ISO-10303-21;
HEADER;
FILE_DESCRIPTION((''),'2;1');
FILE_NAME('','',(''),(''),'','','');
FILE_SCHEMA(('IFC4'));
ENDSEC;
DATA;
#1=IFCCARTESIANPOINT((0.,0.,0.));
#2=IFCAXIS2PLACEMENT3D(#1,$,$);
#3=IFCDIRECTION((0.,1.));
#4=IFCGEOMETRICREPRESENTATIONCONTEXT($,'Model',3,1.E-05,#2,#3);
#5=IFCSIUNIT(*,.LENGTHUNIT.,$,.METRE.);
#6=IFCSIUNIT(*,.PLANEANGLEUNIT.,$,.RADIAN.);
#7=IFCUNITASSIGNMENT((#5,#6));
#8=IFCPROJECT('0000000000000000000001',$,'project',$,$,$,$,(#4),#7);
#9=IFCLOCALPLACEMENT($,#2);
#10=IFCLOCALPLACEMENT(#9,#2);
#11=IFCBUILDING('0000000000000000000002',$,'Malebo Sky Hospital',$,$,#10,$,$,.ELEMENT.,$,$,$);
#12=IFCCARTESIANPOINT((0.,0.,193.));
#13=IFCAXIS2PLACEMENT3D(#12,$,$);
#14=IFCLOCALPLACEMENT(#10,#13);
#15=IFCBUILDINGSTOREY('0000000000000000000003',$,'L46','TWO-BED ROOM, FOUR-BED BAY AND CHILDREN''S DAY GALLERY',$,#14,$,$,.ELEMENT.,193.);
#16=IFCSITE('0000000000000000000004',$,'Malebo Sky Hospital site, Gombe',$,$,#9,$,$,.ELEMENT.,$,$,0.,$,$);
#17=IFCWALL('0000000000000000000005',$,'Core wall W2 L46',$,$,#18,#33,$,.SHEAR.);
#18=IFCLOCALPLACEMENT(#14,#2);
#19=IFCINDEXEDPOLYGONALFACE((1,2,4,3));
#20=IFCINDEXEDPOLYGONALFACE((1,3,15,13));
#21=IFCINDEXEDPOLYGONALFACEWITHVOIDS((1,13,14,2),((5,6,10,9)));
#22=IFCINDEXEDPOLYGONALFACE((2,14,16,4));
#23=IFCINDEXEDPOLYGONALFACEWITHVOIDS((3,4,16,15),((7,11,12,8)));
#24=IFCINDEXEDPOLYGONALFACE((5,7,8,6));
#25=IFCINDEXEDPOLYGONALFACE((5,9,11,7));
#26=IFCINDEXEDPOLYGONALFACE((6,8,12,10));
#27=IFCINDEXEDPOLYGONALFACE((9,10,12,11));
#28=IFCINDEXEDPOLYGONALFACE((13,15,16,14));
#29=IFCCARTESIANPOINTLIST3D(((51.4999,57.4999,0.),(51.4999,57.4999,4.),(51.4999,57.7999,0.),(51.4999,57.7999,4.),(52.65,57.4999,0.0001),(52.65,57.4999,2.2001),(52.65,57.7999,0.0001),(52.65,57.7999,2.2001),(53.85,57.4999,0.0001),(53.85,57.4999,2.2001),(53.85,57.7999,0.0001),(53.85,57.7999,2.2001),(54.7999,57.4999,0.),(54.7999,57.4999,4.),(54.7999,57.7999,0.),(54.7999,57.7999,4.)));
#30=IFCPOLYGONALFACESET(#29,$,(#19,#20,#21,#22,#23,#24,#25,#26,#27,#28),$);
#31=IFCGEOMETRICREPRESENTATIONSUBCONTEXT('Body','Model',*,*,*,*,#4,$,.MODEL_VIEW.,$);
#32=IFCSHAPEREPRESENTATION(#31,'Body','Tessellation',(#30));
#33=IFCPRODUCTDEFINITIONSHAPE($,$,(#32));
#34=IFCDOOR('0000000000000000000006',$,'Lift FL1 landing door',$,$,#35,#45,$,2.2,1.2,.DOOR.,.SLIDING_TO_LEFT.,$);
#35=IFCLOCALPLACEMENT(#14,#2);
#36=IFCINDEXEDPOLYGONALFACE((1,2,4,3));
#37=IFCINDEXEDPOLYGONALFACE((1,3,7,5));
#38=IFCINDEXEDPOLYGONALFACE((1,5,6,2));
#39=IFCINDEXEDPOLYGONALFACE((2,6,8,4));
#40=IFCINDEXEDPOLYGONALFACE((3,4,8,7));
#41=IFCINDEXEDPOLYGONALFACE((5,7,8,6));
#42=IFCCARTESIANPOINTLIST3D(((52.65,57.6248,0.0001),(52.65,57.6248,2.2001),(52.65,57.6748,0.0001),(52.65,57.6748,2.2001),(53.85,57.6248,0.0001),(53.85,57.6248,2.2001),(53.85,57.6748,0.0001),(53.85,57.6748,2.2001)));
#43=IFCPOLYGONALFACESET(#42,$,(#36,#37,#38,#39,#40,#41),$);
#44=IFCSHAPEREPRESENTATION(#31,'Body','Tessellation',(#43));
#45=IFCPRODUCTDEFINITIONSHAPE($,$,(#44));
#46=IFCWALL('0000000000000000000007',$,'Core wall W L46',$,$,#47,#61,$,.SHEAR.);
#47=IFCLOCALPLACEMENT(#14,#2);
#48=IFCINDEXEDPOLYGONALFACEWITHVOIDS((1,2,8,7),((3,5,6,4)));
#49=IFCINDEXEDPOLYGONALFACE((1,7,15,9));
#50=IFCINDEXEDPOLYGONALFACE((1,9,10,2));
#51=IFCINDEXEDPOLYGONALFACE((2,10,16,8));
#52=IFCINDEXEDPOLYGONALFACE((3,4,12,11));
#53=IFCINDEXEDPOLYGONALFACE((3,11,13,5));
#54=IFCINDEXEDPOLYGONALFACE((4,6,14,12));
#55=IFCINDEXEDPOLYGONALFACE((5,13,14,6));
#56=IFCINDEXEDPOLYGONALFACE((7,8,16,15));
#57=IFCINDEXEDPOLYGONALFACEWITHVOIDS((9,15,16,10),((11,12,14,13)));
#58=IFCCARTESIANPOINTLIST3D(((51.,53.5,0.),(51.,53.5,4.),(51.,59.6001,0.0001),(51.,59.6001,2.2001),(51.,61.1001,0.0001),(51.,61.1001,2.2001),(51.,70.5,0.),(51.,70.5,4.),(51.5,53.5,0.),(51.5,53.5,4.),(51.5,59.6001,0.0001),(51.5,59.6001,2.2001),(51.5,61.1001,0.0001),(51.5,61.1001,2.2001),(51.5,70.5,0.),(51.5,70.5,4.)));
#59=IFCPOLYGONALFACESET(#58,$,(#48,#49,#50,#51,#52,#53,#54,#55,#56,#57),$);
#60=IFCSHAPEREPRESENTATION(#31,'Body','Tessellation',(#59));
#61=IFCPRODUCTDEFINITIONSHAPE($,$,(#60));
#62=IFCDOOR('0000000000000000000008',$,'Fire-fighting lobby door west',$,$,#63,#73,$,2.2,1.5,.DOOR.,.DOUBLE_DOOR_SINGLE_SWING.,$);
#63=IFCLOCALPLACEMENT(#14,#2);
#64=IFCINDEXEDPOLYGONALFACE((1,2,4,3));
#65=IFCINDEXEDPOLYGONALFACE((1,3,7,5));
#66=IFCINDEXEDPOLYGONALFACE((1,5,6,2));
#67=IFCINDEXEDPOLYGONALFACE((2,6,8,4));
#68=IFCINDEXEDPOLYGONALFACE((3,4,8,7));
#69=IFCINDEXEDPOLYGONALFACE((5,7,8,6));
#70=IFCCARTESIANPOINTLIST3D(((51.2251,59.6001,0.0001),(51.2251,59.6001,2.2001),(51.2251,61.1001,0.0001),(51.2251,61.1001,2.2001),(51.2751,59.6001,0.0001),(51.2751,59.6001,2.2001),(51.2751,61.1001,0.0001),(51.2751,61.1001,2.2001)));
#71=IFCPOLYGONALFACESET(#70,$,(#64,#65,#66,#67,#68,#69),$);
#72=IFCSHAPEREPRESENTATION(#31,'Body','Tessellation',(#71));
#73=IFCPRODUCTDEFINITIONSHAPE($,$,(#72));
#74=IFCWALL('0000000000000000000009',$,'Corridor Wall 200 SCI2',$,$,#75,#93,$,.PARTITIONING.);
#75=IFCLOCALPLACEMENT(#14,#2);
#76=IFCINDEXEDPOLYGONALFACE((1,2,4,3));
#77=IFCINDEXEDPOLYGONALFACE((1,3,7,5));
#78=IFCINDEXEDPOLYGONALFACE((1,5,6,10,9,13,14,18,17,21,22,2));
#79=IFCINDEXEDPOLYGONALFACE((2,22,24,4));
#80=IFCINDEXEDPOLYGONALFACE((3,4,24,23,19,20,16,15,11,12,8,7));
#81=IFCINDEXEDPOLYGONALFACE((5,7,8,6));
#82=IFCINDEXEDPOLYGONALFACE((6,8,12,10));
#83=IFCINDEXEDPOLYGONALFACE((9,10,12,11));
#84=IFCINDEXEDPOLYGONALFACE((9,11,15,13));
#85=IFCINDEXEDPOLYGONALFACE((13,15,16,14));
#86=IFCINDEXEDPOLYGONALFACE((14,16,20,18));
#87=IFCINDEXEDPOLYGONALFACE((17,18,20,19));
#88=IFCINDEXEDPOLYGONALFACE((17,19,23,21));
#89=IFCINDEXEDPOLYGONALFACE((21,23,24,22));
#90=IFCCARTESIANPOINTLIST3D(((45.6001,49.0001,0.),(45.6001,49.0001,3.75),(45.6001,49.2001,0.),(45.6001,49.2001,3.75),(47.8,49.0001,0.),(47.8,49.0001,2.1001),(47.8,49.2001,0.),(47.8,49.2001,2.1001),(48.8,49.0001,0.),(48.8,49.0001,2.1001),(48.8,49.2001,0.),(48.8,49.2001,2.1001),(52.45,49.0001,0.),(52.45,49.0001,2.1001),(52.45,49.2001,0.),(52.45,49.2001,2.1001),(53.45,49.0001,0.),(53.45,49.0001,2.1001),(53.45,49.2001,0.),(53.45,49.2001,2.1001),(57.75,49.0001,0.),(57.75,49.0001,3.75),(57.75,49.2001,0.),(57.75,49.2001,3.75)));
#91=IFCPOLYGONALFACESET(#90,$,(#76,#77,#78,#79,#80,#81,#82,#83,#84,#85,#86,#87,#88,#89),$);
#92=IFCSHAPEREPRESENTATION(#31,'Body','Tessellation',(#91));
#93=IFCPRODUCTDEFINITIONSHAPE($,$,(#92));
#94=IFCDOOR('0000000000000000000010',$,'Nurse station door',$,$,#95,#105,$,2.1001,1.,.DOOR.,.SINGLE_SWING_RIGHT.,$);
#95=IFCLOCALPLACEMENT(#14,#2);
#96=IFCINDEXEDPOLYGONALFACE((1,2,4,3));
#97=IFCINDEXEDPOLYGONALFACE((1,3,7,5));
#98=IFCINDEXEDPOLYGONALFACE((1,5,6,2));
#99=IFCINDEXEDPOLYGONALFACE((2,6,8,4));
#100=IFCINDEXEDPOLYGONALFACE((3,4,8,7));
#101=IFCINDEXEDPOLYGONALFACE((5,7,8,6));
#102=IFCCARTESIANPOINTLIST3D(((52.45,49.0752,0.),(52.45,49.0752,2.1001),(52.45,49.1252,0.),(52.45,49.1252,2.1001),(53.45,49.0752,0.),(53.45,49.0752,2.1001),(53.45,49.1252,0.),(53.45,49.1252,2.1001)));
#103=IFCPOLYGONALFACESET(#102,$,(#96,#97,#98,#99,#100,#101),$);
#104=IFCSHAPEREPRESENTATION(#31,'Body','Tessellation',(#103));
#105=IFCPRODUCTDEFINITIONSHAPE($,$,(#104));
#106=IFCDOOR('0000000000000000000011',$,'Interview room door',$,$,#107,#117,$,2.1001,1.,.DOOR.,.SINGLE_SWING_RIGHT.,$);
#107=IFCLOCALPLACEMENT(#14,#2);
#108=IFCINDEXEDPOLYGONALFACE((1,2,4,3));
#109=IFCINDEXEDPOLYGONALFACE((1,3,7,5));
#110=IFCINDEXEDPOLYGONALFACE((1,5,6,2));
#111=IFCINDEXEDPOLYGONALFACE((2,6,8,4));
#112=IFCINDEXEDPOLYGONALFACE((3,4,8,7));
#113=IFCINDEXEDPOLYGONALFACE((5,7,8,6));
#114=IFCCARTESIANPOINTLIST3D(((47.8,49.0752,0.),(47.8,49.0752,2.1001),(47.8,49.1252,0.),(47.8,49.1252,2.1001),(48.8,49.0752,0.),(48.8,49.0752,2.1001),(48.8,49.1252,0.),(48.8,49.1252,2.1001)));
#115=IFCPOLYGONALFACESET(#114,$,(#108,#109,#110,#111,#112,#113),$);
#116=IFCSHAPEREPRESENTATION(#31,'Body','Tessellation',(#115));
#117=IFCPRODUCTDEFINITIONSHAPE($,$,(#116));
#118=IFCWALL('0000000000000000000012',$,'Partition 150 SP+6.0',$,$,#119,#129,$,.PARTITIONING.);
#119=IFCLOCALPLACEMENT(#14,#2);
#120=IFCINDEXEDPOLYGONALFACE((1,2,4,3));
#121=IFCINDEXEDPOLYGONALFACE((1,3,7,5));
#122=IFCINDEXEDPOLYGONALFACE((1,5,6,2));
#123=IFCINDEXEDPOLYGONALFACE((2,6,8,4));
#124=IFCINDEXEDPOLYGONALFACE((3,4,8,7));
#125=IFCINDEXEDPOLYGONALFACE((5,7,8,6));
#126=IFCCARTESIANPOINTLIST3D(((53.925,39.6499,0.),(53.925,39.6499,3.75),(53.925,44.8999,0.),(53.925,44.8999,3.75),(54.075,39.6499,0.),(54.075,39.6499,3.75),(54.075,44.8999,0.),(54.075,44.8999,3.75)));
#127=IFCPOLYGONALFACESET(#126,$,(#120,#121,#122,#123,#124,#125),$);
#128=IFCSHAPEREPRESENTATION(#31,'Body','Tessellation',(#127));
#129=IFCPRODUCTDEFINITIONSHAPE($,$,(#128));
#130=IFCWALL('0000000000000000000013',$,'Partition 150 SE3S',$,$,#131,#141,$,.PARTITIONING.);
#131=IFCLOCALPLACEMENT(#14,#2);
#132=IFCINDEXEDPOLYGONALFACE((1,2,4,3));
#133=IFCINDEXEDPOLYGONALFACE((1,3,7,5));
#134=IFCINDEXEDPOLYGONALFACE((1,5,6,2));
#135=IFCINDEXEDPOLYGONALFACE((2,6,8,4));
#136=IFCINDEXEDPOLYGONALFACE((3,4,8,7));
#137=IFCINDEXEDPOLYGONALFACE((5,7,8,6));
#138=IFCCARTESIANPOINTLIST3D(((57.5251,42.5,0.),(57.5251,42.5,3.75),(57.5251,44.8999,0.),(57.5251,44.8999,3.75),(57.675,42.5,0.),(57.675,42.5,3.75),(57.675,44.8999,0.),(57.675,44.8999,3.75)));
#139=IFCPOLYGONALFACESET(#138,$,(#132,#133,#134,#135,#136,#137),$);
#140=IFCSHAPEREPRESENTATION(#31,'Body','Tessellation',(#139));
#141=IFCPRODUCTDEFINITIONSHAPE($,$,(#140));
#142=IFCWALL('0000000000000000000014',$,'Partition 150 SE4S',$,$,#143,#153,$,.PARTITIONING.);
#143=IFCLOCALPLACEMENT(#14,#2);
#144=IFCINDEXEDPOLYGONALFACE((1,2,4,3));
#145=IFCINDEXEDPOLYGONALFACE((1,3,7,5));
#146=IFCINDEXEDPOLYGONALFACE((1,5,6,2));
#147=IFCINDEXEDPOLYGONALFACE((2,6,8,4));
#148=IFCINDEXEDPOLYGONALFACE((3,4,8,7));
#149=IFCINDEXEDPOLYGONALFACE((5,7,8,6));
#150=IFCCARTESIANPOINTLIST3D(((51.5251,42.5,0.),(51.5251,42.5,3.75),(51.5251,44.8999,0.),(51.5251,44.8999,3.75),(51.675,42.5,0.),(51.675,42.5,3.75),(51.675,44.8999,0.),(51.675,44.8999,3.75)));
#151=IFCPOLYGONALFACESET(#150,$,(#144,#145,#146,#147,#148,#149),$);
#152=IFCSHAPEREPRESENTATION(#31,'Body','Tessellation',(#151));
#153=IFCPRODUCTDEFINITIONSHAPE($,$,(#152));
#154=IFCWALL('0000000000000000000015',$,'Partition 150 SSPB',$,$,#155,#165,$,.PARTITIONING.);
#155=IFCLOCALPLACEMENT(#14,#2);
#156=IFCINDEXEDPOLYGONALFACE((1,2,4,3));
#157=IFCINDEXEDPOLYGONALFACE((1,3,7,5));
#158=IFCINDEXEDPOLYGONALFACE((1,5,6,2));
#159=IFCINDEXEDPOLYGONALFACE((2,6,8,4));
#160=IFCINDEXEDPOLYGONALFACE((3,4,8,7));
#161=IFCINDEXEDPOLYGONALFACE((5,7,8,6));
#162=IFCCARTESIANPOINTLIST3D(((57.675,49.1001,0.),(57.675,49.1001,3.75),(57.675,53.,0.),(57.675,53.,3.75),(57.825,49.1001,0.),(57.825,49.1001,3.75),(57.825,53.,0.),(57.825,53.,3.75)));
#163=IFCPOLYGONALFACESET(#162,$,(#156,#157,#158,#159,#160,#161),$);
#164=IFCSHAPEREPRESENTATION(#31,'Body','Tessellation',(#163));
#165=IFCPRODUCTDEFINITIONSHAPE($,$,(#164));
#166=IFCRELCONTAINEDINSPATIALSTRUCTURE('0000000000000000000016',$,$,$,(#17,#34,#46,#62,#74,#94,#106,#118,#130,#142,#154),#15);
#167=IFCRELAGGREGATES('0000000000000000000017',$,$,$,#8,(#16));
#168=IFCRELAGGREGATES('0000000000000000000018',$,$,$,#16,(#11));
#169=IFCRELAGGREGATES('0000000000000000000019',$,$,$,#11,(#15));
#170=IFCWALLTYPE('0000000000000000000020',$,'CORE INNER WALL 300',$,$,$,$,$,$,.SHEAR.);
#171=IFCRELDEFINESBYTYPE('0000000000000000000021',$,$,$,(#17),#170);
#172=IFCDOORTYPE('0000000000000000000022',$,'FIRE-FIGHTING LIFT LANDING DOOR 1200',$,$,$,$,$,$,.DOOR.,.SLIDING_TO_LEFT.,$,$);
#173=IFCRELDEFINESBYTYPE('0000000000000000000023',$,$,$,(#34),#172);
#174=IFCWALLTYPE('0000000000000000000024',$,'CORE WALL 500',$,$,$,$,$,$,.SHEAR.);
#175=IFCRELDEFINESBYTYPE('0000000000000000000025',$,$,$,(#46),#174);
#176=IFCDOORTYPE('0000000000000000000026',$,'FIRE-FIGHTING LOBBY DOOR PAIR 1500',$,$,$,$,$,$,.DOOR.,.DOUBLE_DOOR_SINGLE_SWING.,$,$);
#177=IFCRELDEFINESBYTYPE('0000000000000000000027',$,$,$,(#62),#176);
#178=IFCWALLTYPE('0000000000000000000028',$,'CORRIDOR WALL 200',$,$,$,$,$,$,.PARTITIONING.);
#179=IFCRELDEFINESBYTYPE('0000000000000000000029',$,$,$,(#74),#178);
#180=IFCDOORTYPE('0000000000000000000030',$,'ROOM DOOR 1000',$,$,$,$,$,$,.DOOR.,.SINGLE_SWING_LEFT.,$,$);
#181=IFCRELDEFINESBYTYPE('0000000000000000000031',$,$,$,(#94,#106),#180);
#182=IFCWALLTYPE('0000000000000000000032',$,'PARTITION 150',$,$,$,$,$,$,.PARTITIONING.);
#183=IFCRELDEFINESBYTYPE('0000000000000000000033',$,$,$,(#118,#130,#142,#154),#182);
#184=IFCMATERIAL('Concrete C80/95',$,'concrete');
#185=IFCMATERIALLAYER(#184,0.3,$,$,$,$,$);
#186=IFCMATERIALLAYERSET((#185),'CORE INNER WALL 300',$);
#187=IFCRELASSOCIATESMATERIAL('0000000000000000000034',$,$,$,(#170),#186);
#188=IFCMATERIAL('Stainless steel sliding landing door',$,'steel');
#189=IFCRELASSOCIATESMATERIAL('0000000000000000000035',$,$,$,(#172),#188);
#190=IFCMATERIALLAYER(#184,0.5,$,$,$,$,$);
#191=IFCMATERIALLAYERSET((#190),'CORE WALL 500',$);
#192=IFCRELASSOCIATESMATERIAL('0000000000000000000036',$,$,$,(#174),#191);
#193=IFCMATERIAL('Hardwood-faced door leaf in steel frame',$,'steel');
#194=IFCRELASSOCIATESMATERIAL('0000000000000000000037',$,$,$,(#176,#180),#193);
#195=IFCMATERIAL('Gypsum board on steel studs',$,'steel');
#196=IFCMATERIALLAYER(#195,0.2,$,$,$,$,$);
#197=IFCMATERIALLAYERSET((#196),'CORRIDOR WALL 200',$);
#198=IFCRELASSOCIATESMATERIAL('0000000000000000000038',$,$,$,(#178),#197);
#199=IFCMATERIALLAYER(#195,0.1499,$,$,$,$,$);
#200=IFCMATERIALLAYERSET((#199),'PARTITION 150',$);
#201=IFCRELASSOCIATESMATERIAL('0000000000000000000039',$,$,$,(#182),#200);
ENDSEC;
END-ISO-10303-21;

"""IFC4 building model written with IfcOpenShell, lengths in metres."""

from ifc_helpers import new_model, si_unit, direction, frame, frame_2d, origin, place, context, subcontext, project, spatial, rectangle, extrude, material, layer, layer_set, type_object, element, fill, save


model = new_model("IFC4")

# Units and contexts
model_context = context("Model", 3, precision=1e-05, world=origin(), true_north=direction((0.0, 1.0)))
body_context = subcontext(model_context, "Body", "Model", "MODEL_VIEW")
ifc_project = project(units=[si_unit("LENGTHUNIT", "METRE"), si_unit("PLANEANGLEUNIT", "RADIAN")], contexts=[model_context])

# Site, building, storey
site_placement = place(None, origin())
site = spatial("IfcSite", under=ifc_project, at=site_placement, Name="Malebo Sky Hospital site, Gombe", CompositionType="ELEMENT", RefElevation=0.0)
building_placement = place(site_placement, origin())
building = spatial("IfcBuilding", under=site, at=building_placement, Name="Malebo Sky Hospital", CompositionType="ELEMENT")
storey_placement = place(building_placement, frame((0.0, 0.0, 193.0)))
storey = spatial("IfcBuildingStorey", under=building, at=storey_placement, Name="L46", Description="TWO-BED ROOM, FOUR-BED BAY AND CHILDREN'S DAY GALLERY", CompositionType="ELEMENT", Elevation=193.0)

# Shared definitions
ifc_material_1 = material(Name="Concrete C80/95", Category="concrete")
ifc_material_2 = material(Name="Hardwood-faced door leaf in steel frame", Category="steel")
ifc_material_3 = material(Name="Stainless steel sliding landing door", Category="steel")

# Shared definitions
ifc_layer_1 = layer(ifc_material_1, 0.3)
ifc_layer_set_1 = layer_set([ifc_layer_1], Name="CORE INNER WALL 300")
wall_type_1 = type_object("IfcWallType", Name="CORE INNER WALL 300", PredefinedType="SHEAR", material=ifc_layer_set_1)

# Walls, openings, doors
wall_1_placement = place(storey_placement, frame((51.5, 57.6499, 0.0), z_axis=(0.0, 0.0, 1.0), x_axis=(1.0, 0.0, 0.0)))
wall_1 = element("IfcWall", 1, at=wall_1_placement, inside=storey, type_object=wall_type_1, Name="Core wall W2 L46", PredefinedType="SHEAR", context=body_context, shape_type="SweptSolid", body=[
    extrude(rectangle(XDim=3.3, YDim=0.3, at=frame_2d((1.6499, 0.0))), origin(), (0.0, 0.0, 1.0), 4.0),
])
opening_1_placement = place(wall_1_placement, frame((1.1499, 0.0, 0.0)))
opening_1 = element("IfcOpeningElement", 2, at=opening_1_placement, cuts=wall_1, PredefinedType="OPENING", context=body_context, shape_type="SweptSolid", body=[
    extrude(rectangle(XDim=1.2, YDim=2.2, at=frame_2d((0.6001, 1.1001))), frame((0.0, 0.1599, 0.0), z_axis=(0.0, -1.0, 0.0), x_axis=(1.0, 0.0, 0.0)), (0.0, 0.0, 1.0), 0.3201),
])
door_type_1 = type_object("IfcDoorType", Name="FIRE-FIGHTING LIFT LANDING DOOR 1200", OperationType="SLIDING_TO_LEFT", PredefinedType="DOOR", material=ifc_material_3)
door_1_placement = place(opening_1_placement, origin())
door_1 = element("IfcDoor", 3, at=door_1_placement, inside=storey, type_object=door_type_1, Name="Lift FL1 landing door", OperationType="SLIDING_TO_LEFT", OverallHeight=2.2, OverallWidth=1.2, PredefinedType="DOOR", context=body_context, shape_type="SweptSolid", body=[
    extrude(rectangle(XDim=1.2, YDim=2.2, at=frame_2d((0.6001, 1.1001))), frame((0.0, 0.0249, 0.0), z_axis=(0.0, -1.0, 0.0), x_axis=(1.0, 0.0, 0.0)), (0.0, 0.0, 1.0), 0.05),
])
fill(opening_1, door_1)
ifc_layer_2 = layer(ifc_material_1, 0.5)
ifc_layer_set_2 = layer_set([ifc_layer_2], Name="CORE WALL 500")
wall_type_2 = type_object("IfcWallType", Name="CORE WALL 500", PredefinedType="SHEAR", material=ifc_layer_set_2)
wall_2_placement = place(storey_placement, frame((51.25, 53.5, 0.0), z_axis=(0.0, 0.0, 1.0), x_axis=(0.0, 1.0, 0.0)))
wall_2 = element("IfcWall", 4, at=wall_2_placement, inside=storey, type_object=wall_type_2, Name="Core wall W L46", PredefinedType="SHEAR", context=body_context, shape_type="SweptSolid", body=[
    extrude(rectangle(XDim=17.0, YDim=0.5, at=frame_2d((8.5, 0.0))), origin(), (0.0, 0.0, 1.0), 4.0),
])
opening_2_placement = place(wall_2_placement, frame((6.1001, 0.0, 0.0)))
opening_2 = element("IfcOpeningElement", 5, at=opening_2_placement, cuts=wall_2, PredefinedType="OPENING", context=body_context, shape_type="SweptSolid", body=[
    extrude(rectangle(XDim=1.5, YDim=2.2, at=frame_2d((0.75, 1.1001))), frame((0.0, 0.26, 0.0), z_axis=(0.0, -1.0, 0.0), x_axis=(1.0, 0.0, 0.0)), (0.0, 0.0, 1.0), 0.52),
])
door_type_2 = type_object("IfcDoorType", Name="FIRE-FIGHTING LOBBY DOOR PAIR 1500", OperationType="DOUBLE_DOOR_SINGLE_SWING", PredefinedType="DOOR", material=ifc_material_2)
door_2_placement = place(opening_2_placement, origin())
door_2 = element("IfcDoor", 6, at=door_2_placement, inside=storey, type_object=door_type_2, Name="Fire-fighting lobby door west", OperationType="DOUBLE_DOOR_SINGLE_SWING", OverallHeight=2.2, OverallWidth=1.5, PredefinedType="DOOR", context=body_context, shape_type="SweptSolid", body=[
    extrude(rectangle(XDim=1.5, YDim=2.2, at=frame_2d((0.75, 1.1001))), frame((0.0, 0.0249, 0.0), z_axis=(0.0, -1.0, 0.0), x_axis=(1.0, 0.0, 0.0)), (0.0, 0.0, 1.0), 0.05),
])
fill(opening_2, door_2)

# Wall, openings, doors
ifc_material_4 = material(Name="Gypsum board on steel studs", Category="steel")
ifc_layer_3 = layer(ifc_material_4, 0.2)
ifc_layer_set_3 = layer_set([ifc_layer_3], Name="CORRIDOR WALL 200")
wall_type_3 = type_object("IfcWallType", Name="CORRIDOR WALL 200", PredefinedType="PARTITIONING", material=ifc_layer_set_3)
wall_3_placement = place(storey_placement, frame((57.75, 49.1001, 0.0), z_axis=(0.0, 0.0, 1.0), x_axis=(-1.0, 0.0, 0.0)))
wall_3 = element("IfcWall", 7, at=wall_3_placement, inside=storey, type_object=wall_type_3, Name="Corridor Wall 200 SCI2", PredefinedType="PARTITIONING", context=body_context, shape_type="SweptSolid", body=[
    extrude(rectangle(XDim=12.1499, YDim=0.2, at=frame_2d((6.075, 0.0))), origin(), (0.0, 0.0, 1.0), 3.75),
])
opening_3_placement = place(wall_3_placement, frame((4.3, 0.0, 0.0)))
opening_3 = element("IfcOpeningElement", 8, at=opening_3_placement, cuts=wall_3, PredefinedType="OPENING", context=body_context, shape_type="SweptSolid", body=[
    extrude(rectangle(XDim=1.0, YDim=2.1001, at=frame_2d((0.5, 1.05))), frame((0.0, 0.1099, 0.0), z_axis=(0.0, -1.0, 0.0), x_axis=(1.0, 0.0, 0.0)), (0.0, 0.0, 1.0), 0.22),
])
opening_4_placement = place(wall_3_placement, frame((8.95, 0.0, 0.0)))
opening_4 = element("IfcOpeningElement", 9, at=opening_4_placement, cuts=wall_3, PredefinedType="OPENING", context=body_context, shape_type="SweptSolid", body=[
    extrude(rectangle(XDim=1.0, YDim=2.1001, at=frame_2d((0.5, 1.05))), frame((0.0, 0.1099, 0.0), z_axis=(0.0, -1.0, 0.0), x_axis=(1.0, 0.0, 0.0)), (0.0, 0.0, 1.0), 0.22),
])
door_type_3 = type_object("IfcDoorType", Name="ROOM DOOR 1000", OperationType="SINGLE_SWING_LEFT", PredefinedType="DOOR", material=ifc_material_2)
door_3_placement = place(opening_3_placement, origin())
door_3 = element("IfcDoor", 10, at=door_3_placement, inside=storey, type_object=door_type_3, Name="Nurse station door", OperationType="SINGLE_SWING_RIGHT", OverallHeight=2.1001, OverallWidth=1.0, PredefinedType="DOOR", context=body_context, shape_type="SweptSolid", body=[
    extrude(rectangle(XDim=1.0, YDim=2.1001, at=frame_2d((0.5, 1.05))), frame((0.0, 0.0249, 0.0), z_axis=(0.0, -1.0, 0.0), x_axis=(1.0, 0.0, 0.0)), (0.0, 0.0, 1.0), 0.05),
])
fill(opening_3, door_3)
door_4_placement = place(opening_4_placement, origin())
door_4 = element("IfcDoor", 11, at=door_4_placement, inside=storey, type_object=door_type_3, Name="Interview room door", OperationType="SINGLE_SWING_RIGHT", OverallHeight=2.1001, OverallWidth=1.0, PredefinedType="DOOR", context=body_context, shape_type="SweptSolid", body=[
    extrude(rectangle(XDim=1.0, YDim=2.1001, at=frame_2d((0.5, 1.05))), frame((0.0, 0.0249, 0.0), z_axis=(0.0, -1.0, 0.0), x_axis=(1.0, 0.0, 0.0)), (0.0, 0.0, 1.0), 0.05),
])
fill(opening_4, door_4)

# Walls
ifc_layer_4 = layer(ifc_material_4, 0.1499)
ifc_layer_set_4 = layer_set([ifc_layer_4], Name="PARTITION 150")
wall_type_4 = type_object("IfcWallType", Name="PARTITION 150", PredefinedType="PARTITIONING", material=ifc_layer_set_4)
wall_4_placement = place(storey_placement, frame((54.0, 44.8999, 0.0), z_axis=(0.0, 0.0, 1.0), x_axis=(0.0, -1.0, 0.0)))
element("IfcWall", 12, at=wall_4_placement, inside=storey, type_object=wall_type_4, Name="Partition 150 SP+6.0", PredefinedType="PARTITIONING", context=body_context, shape_type="SweptSolid", body=[
    extrude(rectangle(XDim=5.25, YDim=0.1499, at=frame_2d((2.625, 0.0))), origin(), (0.0, 0.0, 1.0), 3.75),
])
for number, where, z_axis, x_axis, name in (
    (13, (57.6001, 44.8999, 0.0), (0.0, 0.0, 1.0), (0.0, -1.0, 0.0), "Partition 150 SE3S"),
    (14, (51.6001, 44.8999, 0.0), (0.0, 0.0, 1.0), (0.0, -1.0, 0.0), "Partition 150 SE4S"),
):
    element("IfcWall", number, at=place(storey_placement, frame(where, z_axis=z_axis, x_axis=x_axis)), inside=storey, type_object=wall_type_4, Name=name, PredefinedType="PARTITIONING", context=body_context, shape_type="SweptSolid", body=[
        extrude(rectangle(XDim=2.3999, YDim=0.1499, at=frame_2d((1.2, 0.0))), origin(), (0.0, 0.0, 1.0), 3.75),
    ])
wall_5_placement = place(storey_placement, frame((57.75, 53.0, 0.0), z_axis=(0.0, 0.0, 1.0), x_axis=(0.0, -1.0, 0.0)))
element("IfcWall", 15, at=wall_5_placement, inside=storey, type_object=wall_type_4, Name="Partition 150 SSPB", PredefinedType="PARTITIONING", context=body_context, shape_type="SweptSolid", body=[
    extrude(rectangle(XDim=3.8999, YDim=0.1499, at=frame_2d((1.95, 0.0))), origin(), (0.0, 0.0, 1.0), 3.75),
])

save(model, "model.ifc")
